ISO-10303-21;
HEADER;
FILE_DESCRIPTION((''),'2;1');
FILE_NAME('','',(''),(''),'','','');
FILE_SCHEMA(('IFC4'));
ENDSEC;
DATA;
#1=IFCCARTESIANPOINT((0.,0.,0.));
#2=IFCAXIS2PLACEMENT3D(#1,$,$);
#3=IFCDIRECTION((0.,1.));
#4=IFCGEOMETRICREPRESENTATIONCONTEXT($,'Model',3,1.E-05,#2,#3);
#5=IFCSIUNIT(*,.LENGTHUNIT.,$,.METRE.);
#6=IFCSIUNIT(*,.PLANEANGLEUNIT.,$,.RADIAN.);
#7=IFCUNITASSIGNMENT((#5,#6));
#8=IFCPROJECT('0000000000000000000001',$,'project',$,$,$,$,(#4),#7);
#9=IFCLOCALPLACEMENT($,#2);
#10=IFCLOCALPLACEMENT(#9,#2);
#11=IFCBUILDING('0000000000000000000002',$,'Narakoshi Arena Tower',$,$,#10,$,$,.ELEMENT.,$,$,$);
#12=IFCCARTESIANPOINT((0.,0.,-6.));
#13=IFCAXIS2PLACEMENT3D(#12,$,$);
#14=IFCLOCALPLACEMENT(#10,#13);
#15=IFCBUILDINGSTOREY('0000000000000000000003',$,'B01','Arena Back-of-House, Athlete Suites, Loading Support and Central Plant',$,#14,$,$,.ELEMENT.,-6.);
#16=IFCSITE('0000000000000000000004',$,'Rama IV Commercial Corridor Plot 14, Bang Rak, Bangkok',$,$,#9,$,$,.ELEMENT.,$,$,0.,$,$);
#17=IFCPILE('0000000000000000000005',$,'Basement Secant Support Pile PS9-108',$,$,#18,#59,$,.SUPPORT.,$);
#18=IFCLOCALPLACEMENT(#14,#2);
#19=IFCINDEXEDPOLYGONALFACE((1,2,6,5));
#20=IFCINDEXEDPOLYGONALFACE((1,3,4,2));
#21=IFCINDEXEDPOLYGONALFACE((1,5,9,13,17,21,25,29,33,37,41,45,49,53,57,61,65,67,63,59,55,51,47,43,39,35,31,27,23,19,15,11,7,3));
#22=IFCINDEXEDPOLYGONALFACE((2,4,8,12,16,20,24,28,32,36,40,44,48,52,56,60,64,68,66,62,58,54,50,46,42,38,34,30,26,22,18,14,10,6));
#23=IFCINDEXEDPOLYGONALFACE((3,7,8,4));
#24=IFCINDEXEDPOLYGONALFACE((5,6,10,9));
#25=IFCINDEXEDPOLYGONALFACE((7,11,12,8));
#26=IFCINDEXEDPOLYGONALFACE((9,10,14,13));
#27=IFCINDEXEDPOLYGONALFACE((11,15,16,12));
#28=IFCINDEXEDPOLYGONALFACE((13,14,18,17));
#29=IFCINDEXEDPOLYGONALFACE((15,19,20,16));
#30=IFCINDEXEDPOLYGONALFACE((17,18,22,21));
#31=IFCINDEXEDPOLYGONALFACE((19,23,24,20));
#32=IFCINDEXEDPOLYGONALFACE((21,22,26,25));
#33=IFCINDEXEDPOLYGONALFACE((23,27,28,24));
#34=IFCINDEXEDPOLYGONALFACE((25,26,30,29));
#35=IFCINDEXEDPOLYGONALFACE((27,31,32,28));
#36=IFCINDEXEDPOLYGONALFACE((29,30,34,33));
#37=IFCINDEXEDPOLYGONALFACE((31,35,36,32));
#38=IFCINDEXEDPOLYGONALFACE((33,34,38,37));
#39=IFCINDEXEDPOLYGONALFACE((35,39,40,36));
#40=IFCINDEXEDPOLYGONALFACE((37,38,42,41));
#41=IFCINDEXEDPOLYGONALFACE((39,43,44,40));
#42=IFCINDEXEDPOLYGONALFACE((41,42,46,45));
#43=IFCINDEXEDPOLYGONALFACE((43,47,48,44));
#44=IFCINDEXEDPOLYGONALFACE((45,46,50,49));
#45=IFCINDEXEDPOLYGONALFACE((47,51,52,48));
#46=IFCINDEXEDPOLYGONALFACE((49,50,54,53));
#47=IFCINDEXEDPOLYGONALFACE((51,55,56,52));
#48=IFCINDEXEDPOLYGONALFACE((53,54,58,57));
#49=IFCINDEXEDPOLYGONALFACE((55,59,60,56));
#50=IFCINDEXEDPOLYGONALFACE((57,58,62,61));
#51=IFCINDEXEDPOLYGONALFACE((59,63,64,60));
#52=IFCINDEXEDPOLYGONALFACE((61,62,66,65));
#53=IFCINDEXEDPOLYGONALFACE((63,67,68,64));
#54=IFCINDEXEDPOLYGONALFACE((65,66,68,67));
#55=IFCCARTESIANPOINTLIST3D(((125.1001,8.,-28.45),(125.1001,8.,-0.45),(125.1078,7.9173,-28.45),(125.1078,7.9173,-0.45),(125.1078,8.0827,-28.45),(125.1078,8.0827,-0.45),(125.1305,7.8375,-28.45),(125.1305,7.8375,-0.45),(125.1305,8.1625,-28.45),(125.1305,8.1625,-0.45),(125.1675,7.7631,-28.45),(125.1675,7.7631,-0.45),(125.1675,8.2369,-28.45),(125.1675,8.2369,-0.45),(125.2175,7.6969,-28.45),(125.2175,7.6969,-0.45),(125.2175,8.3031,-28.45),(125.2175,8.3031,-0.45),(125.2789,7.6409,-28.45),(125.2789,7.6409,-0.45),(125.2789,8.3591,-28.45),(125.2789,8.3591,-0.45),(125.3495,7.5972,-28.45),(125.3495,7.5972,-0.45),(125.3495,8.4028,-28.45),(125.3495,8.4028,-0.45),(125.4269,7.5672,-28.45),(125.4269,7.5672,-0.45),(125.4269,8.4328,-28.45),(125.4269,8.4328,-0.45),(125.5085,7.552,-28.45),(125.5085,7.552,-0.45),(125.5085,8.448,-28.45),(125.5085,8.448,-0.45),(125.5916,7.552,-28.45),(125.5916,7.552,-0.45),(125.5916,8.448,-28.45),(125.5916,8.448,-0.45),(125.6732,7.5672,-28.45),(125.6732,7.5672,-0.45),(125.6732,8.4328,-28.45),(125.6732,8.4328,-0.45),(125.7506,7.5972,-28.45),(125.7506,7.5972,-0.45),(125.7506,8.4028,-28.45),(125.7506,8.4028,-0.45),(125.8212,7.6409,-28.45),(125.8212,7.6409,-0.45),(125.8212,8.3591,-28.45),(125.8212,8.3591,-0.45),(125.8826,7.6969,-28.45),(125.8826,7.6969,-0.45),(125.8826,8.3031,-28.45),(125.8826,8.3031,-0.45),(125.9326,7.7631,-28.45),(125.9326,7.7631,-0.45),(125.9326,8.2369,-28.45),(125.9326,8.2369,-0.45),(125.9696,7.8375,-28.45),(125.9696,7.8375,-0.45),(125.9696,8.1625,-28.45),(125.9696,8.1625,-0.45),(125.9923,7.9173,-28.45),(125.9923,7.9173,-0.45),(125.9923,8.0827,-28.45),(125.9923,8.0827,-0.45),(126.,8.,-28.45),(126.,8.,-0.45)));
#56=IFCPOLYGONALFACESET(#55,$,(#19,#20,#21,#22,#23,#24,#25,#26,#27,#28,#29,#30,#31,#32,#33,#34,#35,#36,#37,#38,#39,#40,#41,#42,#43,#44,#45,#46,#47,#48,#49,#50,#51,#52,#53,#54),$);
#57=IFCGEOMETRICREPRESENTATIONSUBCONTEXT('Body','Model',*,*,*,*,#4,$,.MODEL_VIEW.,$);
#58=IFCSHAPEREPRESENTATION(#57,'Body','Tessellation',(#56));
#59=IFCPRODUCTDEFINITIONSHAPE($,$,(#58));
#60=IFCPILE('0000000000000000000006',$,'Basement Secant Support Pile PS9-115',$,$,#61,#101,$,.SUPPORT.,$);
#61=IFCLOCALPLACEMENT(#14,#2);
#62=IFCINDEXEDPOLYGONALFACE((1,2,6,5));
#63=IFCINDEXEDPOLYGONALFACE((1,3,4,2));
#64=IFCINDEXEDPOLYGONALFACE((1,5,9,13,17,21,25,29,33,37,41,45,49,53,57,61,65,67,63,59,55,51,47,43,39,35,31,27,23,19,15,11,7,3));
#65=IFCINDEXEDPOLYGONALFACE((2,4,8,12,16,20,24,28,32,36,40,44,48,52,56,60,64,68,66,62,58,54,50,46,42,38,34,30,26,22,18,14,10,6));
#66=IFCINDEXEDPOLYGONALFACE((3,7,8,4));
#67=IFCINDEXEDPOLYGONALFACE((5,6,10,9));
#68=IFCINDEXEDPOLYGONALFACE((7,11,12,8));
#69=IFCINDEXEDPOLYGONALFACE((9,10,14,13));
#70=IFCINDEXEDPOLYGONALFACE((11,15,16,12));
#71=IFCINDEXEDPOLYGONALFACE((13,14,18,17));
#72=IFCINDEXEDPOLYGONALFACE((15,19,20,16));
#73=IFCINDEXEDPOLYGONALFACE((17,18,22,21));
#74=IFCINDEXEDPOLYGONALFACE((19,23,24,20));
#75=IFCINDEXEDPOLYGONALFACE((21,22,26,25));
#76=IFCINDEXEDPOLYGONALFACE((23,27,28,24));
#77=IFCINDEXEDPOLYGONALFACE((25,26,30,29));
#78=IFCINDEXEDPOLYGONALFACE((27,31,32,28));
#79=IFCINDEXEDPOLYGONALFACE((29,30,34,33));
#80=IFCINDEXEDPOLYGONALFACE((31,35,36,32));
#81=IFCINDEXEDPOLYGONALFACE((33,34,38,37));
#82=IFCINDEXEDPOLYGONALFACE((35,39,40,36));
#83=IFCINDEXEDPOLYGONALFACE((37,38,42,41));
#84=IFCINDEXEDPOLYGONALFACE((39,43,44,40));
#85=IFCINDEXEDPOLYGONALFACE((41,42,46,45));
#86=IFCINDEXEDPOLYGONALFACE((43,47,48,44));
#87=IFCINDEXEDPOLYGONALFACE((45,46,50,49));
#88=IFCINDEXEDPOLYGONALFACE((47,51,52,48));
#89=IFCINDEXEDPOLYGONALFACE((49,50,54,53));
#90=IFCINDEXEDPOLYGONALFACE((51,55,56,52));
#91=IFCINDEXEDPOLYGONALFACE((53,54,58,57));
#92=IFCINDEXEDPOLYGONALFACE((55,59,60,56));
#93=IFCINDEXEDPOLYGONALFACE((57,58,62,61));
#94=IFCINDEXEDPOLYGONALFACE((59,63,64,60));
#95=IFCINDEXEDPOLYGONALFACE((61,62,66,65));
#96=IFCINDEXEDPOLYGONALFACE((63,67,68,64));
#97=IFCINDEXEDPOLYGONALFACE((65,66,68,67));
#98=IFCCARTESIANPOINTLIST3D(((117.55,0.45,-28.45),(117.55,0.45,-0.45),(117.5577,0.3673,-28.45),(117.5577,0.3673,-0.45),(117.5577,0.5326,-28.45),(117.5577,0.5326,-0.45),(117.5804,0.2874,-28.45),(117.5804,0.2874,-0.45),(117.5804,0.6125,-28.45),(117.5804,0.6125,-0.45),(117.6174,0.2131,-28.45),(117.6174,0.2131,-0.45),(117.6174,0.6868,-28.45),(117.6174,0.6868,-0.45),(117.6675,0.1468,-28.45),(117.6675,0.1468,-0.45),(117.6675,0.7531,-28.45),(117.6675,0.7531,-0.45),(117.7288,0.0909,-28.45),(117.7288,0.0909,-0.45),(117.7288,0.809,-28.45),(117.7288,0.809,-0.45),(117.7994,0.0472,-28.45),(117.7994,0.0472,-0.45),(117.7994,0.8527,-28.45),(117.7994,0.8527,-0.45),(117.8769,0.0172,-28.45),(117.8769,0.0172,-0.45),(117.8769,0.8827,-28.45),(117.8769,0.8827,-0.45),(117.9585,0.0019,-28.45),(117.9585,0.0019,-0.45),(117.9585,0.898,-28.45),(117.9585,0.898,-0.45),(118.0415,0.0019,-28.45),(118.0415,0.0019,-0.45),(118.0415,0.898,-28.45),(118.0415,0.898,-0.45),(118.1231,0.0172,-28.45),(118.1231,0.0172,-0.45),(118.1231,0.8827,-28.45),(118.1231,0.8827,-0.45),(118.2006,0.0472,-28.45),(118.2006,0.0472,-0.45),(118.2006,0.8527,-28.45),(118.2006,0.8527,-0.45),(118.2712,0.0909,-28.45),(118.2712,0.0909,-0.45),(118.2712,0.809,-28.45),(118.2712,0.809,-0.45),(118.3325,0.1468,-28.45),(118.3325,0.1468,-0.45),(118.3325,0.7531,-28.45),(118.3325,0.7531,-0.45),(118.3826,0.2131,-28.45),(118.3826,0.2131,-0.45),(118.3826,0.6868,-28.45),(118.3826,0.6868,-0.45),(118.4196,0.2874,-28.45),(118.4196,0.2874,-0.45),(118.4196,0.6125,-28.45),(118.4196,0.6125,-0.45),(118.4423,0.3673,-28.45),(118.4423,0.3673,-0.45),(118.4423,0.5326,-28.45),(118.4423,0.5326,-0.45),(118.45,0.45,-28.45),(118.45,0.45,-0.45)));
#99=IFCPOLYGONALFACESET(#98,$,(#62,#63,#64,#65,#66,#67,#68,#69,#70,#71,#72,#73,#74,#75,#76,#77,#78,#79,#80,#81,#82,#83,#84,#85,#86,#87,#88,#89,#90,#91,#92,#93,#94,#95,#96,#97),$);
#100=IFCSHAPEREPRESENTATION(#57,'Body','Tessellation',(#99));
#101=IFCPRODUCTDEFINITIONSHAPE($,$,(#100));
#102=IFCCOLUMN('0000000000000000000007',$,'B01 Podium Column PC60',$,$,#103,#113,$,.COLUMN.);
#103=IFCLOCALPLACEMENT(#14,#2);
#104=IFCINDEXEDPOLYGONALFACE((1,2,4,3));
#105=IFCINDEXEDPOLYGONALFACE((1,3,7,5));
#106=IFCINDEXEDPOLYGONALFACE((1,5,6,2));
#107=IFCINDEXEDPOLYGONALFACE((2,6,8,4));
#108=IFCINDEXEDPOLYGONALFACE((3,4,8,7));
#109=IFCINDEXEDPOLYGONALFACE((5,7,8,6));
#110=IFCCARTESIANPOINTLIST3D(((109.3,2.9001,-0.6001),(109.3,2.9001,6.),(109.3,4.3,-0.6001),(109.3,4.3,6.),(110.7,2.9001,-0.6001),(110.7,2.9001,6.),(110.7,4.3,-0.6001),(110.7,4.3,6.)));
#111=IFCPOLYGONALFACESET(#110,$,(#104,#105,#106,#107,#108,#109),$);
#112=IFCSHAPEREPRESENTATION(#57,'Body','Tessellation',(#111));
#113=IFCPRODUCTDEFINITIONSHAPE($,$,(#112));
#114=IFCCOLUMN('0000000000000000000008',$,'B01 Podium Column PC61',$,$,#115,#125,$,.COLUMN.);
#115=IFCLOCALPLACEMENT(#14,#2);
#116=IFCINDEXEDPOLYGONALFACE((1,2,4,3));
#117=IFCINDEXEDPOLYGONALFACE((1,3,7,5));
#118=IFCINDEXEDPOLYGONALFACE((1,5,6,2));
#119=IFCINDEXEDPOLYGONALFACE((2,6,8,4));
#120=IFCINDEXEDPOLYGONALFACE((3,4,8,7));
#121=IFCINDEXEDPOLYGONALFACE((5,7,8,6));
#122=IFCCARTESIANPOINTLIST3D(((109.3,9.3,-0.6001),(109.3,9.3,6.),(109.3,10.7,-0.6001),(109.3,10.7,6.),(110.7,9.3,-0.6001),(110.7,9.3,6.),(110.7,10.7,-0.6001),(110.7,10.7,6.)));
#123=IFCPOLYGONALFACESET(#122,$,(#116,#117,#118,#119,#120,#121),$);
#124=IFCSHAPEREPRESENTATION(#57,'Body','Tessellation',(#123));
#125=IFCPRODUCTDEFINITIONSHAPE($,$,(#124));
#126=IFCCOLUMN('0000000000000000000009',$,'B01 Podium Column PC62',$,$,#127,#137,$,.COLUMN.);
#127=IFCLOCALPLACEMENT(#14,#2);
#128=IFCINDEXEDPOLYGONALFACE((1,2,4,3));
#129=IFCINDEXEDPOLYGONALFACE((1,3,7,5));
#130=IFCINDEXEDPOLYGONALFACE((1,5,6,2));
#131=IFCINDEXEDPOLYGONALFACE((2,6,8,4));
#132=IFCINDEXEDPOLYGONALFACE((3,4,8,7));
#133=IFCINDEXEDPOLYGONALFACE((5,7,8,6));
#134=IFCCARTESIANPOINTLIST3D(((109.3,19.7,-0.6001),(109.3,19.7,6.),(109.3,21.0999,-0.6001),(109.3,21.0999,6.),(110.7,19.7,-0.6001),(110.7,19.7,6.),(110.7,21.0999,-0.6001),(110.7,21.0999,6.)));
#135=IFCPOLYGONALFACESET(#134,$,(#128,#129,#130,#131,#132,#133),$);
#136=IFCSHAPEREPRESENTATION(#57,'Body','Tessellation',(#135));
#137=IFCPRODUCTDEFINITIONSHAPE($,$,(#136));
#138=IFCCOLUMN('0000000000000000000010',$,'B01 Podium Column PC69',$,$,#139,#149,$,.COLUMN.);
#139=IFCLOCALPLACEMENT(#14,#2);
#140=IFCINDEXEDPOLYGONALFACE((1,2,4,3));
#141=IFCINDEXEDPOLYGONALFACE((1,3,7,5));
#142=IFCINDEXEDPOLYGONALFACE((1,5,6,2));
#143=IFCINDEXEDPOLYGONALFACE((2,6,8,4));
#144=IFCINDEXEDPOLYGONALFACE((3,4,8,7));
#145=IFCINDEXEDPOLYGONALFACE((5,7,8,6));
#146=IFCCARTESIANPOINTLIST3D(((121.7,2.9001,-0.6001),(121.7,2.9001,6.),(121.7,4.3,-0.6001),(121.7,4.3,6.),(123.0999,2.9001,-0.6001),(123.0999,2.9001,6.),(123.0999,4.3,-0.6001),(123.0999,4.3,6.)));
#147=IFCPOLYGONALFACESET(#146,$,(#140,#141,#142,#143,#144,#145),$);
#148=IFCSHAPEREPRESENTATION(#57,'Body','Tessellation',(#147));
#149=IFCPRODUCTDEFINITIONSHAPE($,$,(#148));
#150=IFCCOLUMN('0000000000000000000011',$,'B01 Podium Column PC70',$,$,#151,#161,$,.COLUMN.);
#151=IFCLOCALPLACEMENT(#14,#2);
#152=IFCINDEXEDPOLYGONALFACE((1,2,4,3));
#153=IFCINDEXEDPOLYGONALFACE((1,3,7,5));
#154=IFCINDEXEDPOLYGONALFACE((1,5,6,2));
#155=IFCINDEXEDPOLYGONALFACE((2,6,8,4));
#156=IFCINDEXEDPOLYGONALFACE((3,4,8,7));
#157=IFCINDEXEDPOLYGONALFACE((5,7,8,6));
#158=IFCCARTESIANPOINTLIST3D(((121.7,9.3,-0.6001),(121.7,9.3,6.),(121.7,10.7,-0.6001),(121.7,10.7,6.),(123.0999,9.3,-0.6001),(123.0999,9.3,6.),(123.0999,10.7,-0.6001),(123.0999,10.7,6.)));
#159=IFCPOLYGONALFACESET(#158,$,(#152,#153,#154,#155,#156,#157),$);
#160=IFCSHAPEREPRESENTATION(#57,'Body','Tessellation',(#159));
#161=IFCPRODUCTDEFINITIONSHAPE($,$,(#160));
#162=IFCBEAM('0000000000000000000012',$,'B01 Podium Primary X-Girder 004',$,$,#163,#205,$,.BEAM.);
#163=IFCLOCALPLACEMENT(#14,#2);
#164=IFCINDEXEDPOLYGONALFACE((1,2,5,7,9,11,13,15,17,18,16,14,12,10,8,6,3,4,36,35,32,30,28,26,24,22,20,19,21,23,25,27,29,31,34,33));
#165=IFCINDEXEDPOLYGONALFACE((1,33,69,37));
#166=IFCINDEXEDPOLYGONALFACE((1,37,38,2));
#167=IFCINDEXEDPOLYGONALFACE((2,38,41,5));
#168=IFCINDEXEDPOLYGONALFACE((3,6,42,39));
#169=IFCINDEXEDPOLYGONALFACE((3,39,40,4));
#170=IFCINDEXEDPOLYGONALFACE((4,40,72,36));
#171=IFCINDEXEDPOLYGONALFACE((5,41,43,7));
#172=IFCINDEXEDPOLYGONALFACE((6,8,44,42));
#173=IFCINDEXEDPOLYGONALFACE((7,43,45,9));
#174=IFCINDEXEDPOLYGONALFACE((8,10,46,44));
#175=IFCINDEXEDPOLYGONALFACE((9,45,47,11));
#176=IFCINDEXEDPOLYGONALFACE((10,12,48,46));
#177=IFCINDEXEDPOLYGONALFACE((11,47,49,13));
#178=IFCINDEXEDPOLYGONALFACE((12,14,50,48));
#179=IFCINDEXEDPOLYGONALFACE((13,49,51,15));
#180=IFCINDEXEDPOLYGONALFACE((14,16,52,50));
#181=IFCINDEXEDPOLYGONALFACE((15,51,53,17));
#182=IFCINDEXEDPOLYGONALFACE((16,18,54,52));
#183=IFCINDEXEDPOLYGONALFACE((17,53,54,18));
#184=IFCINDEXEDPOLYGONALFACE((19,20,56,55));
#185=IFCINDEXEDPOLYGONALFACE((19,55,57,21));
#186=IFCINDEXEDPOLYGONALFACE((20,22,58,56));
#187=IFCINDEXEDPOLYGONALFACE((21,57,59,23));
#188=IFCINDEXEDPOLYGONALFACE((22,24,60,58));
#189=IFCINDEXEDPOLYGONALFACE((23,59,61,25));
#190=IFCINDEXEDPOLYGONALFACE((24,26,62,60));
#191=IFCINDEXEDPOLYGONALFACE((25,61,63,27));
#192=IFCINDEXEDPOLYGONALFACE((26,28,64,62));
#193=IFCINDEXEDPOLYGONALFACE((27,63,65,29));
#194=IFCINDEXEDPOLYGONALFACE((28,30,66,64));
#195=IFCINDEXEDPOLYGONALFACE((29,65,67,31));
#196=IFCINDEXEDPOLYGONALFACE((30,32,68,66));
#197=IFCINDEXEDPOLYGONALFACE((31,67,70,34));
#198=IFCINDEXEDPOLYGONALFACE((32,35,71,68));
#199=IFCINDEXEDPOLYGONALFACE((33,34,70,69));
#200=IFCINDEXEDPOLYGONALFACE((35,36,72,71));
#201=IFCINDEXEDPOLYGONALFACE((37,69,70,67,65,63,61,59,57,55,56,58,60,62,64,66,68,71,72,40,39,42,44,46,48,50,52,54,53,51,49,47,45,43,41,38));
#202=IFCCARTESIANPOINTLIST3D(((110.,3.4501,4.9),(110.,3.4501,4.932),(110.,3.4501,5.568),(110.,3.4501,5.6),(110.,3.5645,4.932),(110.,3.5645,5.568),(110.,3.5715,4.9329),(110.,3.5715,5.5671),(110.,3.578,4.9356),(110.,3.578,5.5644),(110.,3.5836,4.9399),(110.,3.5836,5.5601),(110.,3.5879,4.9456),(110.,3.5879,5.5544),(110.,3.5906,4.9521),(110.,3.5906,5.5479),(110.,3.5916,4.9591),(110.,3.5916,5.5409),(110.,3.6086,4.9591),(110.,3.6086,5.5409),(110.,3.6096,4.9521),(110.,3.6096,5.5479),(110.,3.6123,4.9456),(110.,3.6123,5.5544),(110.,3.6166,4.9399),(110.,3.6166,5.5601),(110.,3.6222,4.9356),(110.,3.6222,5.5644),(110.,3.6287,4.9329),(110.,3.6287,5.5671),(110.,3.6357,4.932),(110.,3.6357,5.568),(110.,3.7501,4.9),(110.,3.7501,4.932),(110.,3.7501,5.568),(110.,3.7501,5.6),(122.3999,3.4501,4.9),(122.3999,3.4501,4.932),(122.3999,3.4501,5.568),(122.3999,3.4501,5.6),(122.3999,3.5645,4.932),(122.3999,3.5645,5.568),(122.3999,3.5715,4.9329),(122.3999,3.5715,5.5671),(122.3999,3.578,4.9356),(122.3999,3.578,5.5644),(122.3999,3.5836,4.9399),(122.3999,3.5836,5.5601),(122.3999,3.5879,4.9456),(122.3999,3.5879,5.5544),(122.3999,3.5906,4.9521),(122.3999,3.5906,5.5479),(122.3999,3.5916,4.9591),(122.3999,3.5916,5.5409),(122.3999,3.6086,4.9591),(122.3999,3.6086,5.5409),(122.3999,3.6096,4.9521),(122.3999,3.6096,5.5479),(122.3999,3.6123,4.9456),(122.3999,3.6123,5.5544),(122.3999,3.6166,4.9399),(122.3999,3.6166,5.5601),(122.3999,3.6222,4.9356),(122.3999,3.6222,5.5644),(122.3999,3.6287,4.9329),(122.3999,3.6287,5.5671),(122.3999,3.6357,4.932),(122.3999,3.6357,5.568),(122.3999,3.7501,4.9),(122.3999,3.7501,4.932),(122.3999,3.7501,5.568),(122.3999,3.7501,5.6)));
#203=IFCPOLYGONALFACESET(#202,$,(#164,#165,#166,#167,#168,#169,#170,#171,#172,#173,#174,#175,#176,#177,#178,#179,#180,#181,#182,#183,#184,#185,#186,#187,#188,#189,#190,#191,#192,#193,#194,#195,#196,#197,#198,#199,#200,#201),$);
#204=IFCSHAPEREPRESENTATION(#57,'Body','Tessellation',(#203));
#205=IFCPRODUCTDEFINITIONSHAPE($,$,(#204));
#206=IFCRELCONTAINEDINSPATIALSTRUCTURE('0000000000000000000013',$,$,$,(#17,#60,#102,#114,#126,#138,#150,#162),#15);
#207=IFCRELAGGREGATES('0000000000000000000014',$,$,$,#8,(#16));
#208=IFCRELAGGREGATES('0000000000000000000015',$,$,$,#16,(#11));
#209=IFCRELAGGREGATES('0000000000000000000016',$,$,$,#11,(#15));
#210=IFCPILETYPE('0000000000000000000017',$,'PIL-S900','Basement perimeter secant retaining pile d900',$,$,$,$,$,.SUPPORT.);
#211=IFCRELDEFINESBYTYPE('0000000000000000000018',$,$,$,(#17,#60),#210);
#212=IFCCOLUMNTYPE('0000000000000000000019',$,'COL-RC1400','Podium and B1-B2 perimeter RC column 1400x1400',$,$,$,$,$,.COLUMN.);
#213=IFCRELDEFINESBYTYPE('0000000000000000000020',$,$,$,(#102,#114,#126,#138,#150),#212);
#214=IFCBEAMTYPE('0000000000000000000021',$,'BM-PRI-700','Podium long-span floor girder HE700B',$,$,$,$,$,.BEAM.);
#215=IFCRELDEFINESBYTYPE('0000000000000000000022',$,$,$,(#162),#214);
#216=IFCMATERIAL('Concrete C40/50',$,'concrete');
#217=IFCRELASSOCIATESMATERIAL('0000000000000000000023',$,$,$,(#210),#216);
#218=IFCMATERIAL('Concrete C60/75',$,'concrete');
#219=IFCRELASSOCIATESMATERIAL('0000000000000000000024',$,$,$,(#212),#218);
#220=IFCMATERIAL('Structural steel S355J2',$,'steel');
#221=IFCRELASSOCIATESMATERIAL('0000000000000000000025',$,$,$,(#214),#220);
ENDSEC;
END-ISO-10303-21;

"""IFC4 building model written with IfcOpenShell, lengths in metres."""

from ifc_helpers import new_model, si_unit, direction, frame, origin, origin_2d, place, context, subcontext, project, spatial, rectangle, circle, i_section, extrude, material, material_profile, profile_set, type_object, element, save


model = new_model("IFC4")

# Units and contexts
model_context = context("Model", 3, precision=1e-05, world=origin(), true_north=direction((0.0, 1.0)))
body_context = subcontext(model_context, "Body", "Model", "MODEL_VIEW")
ifc_project = project(units=[si_unit("LENGTHUNIT", "METRE"), si_unit("PLANEANGLEUNIT", "RADIAN")], contexts=[model_context])

# Site, building, storey
site_placement = place(None, origin())
site = spatial("IfcSite", under=ifc_project, at=site_placement, Name="Rama IV Commercial Corridor Plot 14, Bang Rak, Bangkok", CompositionType="ELEMENT", RefElevation=0.0)
building_placement = place(site_placement, origin())
building = spatial("IfcBuilding", under=site, at=building_placement, Name="Narakoshi Arena Tower", CompositionType="ELEMENT")
storey_placement = place(building_placement, frame((0.0, 0.0, -6.0)))
storey = spatial("IfcBuildingStorey", under=building, at=storey_placement, Name="B01", Description="Arena Back-of-House, Athlete Suites, Loading Support and Central Plant", CompositionType="ELEMENT", Elevation=-6.0)

# Piles
ifc_material_1 = material(Name="Concrete C40/50", Category="concrete")
ifc_material_profile_1 = material_profile(ifc_material_1, circle(Radius=0.45, at=origin_2d()), Name="PILE-D900")
ifc_profile_set_1 = profile_set([ifc_material_profile_1], Name="Concrete C40/50")
pile_type_1 = type_object("IfcPileType", Name="PIL-S900", Description="Basement perimeter secant retaining pile d900", PredefinedType="SUPPORT", material=ifc_profile_set_1)
for number, where, z_axis, x_axis, name in (
    (1, (125.55, 8.0, -0.45), (0.0, 0.0, -1.0), (1.0, 0.0, 0.0), "Basement Secant Support Pile PS9-108"),
    (2, (118.0, 0.45, -0.45), (0.0, 0.0, -1.0), (1.0, 0.0, 0.0), "Basement Secant Support Pile PS9-115"),
):
    element("IfcPile", number, at=place(storey_placement, frame(where, z_axis=z_axis, x_axis=x_axis)), inside=storey, type_object=pile_type_1, Name=name, PredefinedType="SUPPORT", context=body_context, shape_type="SweptSolid", body=[
        extrude(circle(Radius=0.45, at=origin_2d()), origin(), (0.0, 0.0, 1.0), 28.0),
    ])

# Columns
ifc_material_2 = material(Name="Concrete C60/75", Category="concrete")
ifc_material_profile_2 = material_profile(ifc_material_2, rectangle(XDim=1.3999, YDim=1.3999, at=origin_2d()), Name="RC1400x1400")
ifc_profile_set_2 = profile_set([ifc_material_profile_2], Name="Concrete C60/75")
column_type = type_object("IfcColumnType", Name="COL-RC1400", Description="Podium and B1-B2 perimeter RC column 1400x1400", PredefinedType="COLUMN", material=ifc_profile_set_2)
for number, where, z_axis, x_axis, name in (
    (3, (110.0, 3.6001, -0.6001), (0.0, 0.0, 1.0), (1.0, 0.0, 0.0), "B01 Podium Column PC60"),
    (4, (110.0, 10.0, -0.6001), (0.0, 0.0, 1.0), (1.0, 0.0, 0.0), "B01 Podium Column PC61"),
    (5, (110.0, 20.3999, -0.6001), (0.0, 0.0, 1.0), (1.0, 0.0, 0.0), "B01 Podium Column PC62"),
    (6, (122.3999, 3.6001, -0.6001), (0.0, 0.0, 1.0), (1.0, 0.0, 0.0), "B01 Podium Column PC69"),
    (7, (122.3999, 10.0, -0.6001), (0.0, 0.0, 1.0), (1.0, 0.0, 0.0), "B01 Podium Column PC70"),
):
    element("IfcColumn", number, at=place(storey_placement, frame(where, z_axis=z_axis, x_axis=x_axis)), inside=storey, type_object=column_type, Name=name, PredefinedType="COLUMN", context=body_context, shape_type="SweptSolid", body=[
        extrude(rectangle(XDim=1.3999, YDim=1.3999, at=origin_2d()), origin(), (0.0, 0.0, 1.0), 6.6001),
    ])

# Beam
ifc_material_3 = material(Name="Structural steel S355J2", Category="steel")
ifc_material_profile_3 = material_profile(ifc_material_3, i_section(OverallWidth=0.3, OverallDepth=0.7, WebThickness=0.0171, FlangeThickness=0.032, FilletRadius=0.0271, at=origin_2d()), Name="HE700B")
ifc_profile_set_3 = profile_set([ifc_material_profile_3], Name="Structural steel S355J2")
beam_type_1 = type_object("IfcBeamType", Name="BM-PRI-700", Description="Podium long-span floor girder HE700B", PredefinedType="BEAM", material=ifc_profile_set_3)
for number, where, z_axis, x_axis, name in (
    (8, (110.0, 3.6001, 5.25), (1.0, 0.0, 0.0), (0.0, 1.0, 0.0), "B01 Podium Primary X-Girder 004"),
):
    element("IfcBeam", number, at=place(storey_placement, frame(where, z_axis=z_axis, x_axis=x_axis)), inside=storey, type_object=beam_type_1, Name=name, PredefinedType="BEAM", context=body_context, shape_type="SweptSolid", body=[
        extrude(i_section(OverallWidth=0.3, OverallDepth=0.7, WebThickness=0.0171, FlangeThickness=0.032, FilletRadius=0.0271, at=origin_2d()), origin(), (0.0, 0.0, 1.0), 12.3999),
    ])

save(model, "model.ifc")
